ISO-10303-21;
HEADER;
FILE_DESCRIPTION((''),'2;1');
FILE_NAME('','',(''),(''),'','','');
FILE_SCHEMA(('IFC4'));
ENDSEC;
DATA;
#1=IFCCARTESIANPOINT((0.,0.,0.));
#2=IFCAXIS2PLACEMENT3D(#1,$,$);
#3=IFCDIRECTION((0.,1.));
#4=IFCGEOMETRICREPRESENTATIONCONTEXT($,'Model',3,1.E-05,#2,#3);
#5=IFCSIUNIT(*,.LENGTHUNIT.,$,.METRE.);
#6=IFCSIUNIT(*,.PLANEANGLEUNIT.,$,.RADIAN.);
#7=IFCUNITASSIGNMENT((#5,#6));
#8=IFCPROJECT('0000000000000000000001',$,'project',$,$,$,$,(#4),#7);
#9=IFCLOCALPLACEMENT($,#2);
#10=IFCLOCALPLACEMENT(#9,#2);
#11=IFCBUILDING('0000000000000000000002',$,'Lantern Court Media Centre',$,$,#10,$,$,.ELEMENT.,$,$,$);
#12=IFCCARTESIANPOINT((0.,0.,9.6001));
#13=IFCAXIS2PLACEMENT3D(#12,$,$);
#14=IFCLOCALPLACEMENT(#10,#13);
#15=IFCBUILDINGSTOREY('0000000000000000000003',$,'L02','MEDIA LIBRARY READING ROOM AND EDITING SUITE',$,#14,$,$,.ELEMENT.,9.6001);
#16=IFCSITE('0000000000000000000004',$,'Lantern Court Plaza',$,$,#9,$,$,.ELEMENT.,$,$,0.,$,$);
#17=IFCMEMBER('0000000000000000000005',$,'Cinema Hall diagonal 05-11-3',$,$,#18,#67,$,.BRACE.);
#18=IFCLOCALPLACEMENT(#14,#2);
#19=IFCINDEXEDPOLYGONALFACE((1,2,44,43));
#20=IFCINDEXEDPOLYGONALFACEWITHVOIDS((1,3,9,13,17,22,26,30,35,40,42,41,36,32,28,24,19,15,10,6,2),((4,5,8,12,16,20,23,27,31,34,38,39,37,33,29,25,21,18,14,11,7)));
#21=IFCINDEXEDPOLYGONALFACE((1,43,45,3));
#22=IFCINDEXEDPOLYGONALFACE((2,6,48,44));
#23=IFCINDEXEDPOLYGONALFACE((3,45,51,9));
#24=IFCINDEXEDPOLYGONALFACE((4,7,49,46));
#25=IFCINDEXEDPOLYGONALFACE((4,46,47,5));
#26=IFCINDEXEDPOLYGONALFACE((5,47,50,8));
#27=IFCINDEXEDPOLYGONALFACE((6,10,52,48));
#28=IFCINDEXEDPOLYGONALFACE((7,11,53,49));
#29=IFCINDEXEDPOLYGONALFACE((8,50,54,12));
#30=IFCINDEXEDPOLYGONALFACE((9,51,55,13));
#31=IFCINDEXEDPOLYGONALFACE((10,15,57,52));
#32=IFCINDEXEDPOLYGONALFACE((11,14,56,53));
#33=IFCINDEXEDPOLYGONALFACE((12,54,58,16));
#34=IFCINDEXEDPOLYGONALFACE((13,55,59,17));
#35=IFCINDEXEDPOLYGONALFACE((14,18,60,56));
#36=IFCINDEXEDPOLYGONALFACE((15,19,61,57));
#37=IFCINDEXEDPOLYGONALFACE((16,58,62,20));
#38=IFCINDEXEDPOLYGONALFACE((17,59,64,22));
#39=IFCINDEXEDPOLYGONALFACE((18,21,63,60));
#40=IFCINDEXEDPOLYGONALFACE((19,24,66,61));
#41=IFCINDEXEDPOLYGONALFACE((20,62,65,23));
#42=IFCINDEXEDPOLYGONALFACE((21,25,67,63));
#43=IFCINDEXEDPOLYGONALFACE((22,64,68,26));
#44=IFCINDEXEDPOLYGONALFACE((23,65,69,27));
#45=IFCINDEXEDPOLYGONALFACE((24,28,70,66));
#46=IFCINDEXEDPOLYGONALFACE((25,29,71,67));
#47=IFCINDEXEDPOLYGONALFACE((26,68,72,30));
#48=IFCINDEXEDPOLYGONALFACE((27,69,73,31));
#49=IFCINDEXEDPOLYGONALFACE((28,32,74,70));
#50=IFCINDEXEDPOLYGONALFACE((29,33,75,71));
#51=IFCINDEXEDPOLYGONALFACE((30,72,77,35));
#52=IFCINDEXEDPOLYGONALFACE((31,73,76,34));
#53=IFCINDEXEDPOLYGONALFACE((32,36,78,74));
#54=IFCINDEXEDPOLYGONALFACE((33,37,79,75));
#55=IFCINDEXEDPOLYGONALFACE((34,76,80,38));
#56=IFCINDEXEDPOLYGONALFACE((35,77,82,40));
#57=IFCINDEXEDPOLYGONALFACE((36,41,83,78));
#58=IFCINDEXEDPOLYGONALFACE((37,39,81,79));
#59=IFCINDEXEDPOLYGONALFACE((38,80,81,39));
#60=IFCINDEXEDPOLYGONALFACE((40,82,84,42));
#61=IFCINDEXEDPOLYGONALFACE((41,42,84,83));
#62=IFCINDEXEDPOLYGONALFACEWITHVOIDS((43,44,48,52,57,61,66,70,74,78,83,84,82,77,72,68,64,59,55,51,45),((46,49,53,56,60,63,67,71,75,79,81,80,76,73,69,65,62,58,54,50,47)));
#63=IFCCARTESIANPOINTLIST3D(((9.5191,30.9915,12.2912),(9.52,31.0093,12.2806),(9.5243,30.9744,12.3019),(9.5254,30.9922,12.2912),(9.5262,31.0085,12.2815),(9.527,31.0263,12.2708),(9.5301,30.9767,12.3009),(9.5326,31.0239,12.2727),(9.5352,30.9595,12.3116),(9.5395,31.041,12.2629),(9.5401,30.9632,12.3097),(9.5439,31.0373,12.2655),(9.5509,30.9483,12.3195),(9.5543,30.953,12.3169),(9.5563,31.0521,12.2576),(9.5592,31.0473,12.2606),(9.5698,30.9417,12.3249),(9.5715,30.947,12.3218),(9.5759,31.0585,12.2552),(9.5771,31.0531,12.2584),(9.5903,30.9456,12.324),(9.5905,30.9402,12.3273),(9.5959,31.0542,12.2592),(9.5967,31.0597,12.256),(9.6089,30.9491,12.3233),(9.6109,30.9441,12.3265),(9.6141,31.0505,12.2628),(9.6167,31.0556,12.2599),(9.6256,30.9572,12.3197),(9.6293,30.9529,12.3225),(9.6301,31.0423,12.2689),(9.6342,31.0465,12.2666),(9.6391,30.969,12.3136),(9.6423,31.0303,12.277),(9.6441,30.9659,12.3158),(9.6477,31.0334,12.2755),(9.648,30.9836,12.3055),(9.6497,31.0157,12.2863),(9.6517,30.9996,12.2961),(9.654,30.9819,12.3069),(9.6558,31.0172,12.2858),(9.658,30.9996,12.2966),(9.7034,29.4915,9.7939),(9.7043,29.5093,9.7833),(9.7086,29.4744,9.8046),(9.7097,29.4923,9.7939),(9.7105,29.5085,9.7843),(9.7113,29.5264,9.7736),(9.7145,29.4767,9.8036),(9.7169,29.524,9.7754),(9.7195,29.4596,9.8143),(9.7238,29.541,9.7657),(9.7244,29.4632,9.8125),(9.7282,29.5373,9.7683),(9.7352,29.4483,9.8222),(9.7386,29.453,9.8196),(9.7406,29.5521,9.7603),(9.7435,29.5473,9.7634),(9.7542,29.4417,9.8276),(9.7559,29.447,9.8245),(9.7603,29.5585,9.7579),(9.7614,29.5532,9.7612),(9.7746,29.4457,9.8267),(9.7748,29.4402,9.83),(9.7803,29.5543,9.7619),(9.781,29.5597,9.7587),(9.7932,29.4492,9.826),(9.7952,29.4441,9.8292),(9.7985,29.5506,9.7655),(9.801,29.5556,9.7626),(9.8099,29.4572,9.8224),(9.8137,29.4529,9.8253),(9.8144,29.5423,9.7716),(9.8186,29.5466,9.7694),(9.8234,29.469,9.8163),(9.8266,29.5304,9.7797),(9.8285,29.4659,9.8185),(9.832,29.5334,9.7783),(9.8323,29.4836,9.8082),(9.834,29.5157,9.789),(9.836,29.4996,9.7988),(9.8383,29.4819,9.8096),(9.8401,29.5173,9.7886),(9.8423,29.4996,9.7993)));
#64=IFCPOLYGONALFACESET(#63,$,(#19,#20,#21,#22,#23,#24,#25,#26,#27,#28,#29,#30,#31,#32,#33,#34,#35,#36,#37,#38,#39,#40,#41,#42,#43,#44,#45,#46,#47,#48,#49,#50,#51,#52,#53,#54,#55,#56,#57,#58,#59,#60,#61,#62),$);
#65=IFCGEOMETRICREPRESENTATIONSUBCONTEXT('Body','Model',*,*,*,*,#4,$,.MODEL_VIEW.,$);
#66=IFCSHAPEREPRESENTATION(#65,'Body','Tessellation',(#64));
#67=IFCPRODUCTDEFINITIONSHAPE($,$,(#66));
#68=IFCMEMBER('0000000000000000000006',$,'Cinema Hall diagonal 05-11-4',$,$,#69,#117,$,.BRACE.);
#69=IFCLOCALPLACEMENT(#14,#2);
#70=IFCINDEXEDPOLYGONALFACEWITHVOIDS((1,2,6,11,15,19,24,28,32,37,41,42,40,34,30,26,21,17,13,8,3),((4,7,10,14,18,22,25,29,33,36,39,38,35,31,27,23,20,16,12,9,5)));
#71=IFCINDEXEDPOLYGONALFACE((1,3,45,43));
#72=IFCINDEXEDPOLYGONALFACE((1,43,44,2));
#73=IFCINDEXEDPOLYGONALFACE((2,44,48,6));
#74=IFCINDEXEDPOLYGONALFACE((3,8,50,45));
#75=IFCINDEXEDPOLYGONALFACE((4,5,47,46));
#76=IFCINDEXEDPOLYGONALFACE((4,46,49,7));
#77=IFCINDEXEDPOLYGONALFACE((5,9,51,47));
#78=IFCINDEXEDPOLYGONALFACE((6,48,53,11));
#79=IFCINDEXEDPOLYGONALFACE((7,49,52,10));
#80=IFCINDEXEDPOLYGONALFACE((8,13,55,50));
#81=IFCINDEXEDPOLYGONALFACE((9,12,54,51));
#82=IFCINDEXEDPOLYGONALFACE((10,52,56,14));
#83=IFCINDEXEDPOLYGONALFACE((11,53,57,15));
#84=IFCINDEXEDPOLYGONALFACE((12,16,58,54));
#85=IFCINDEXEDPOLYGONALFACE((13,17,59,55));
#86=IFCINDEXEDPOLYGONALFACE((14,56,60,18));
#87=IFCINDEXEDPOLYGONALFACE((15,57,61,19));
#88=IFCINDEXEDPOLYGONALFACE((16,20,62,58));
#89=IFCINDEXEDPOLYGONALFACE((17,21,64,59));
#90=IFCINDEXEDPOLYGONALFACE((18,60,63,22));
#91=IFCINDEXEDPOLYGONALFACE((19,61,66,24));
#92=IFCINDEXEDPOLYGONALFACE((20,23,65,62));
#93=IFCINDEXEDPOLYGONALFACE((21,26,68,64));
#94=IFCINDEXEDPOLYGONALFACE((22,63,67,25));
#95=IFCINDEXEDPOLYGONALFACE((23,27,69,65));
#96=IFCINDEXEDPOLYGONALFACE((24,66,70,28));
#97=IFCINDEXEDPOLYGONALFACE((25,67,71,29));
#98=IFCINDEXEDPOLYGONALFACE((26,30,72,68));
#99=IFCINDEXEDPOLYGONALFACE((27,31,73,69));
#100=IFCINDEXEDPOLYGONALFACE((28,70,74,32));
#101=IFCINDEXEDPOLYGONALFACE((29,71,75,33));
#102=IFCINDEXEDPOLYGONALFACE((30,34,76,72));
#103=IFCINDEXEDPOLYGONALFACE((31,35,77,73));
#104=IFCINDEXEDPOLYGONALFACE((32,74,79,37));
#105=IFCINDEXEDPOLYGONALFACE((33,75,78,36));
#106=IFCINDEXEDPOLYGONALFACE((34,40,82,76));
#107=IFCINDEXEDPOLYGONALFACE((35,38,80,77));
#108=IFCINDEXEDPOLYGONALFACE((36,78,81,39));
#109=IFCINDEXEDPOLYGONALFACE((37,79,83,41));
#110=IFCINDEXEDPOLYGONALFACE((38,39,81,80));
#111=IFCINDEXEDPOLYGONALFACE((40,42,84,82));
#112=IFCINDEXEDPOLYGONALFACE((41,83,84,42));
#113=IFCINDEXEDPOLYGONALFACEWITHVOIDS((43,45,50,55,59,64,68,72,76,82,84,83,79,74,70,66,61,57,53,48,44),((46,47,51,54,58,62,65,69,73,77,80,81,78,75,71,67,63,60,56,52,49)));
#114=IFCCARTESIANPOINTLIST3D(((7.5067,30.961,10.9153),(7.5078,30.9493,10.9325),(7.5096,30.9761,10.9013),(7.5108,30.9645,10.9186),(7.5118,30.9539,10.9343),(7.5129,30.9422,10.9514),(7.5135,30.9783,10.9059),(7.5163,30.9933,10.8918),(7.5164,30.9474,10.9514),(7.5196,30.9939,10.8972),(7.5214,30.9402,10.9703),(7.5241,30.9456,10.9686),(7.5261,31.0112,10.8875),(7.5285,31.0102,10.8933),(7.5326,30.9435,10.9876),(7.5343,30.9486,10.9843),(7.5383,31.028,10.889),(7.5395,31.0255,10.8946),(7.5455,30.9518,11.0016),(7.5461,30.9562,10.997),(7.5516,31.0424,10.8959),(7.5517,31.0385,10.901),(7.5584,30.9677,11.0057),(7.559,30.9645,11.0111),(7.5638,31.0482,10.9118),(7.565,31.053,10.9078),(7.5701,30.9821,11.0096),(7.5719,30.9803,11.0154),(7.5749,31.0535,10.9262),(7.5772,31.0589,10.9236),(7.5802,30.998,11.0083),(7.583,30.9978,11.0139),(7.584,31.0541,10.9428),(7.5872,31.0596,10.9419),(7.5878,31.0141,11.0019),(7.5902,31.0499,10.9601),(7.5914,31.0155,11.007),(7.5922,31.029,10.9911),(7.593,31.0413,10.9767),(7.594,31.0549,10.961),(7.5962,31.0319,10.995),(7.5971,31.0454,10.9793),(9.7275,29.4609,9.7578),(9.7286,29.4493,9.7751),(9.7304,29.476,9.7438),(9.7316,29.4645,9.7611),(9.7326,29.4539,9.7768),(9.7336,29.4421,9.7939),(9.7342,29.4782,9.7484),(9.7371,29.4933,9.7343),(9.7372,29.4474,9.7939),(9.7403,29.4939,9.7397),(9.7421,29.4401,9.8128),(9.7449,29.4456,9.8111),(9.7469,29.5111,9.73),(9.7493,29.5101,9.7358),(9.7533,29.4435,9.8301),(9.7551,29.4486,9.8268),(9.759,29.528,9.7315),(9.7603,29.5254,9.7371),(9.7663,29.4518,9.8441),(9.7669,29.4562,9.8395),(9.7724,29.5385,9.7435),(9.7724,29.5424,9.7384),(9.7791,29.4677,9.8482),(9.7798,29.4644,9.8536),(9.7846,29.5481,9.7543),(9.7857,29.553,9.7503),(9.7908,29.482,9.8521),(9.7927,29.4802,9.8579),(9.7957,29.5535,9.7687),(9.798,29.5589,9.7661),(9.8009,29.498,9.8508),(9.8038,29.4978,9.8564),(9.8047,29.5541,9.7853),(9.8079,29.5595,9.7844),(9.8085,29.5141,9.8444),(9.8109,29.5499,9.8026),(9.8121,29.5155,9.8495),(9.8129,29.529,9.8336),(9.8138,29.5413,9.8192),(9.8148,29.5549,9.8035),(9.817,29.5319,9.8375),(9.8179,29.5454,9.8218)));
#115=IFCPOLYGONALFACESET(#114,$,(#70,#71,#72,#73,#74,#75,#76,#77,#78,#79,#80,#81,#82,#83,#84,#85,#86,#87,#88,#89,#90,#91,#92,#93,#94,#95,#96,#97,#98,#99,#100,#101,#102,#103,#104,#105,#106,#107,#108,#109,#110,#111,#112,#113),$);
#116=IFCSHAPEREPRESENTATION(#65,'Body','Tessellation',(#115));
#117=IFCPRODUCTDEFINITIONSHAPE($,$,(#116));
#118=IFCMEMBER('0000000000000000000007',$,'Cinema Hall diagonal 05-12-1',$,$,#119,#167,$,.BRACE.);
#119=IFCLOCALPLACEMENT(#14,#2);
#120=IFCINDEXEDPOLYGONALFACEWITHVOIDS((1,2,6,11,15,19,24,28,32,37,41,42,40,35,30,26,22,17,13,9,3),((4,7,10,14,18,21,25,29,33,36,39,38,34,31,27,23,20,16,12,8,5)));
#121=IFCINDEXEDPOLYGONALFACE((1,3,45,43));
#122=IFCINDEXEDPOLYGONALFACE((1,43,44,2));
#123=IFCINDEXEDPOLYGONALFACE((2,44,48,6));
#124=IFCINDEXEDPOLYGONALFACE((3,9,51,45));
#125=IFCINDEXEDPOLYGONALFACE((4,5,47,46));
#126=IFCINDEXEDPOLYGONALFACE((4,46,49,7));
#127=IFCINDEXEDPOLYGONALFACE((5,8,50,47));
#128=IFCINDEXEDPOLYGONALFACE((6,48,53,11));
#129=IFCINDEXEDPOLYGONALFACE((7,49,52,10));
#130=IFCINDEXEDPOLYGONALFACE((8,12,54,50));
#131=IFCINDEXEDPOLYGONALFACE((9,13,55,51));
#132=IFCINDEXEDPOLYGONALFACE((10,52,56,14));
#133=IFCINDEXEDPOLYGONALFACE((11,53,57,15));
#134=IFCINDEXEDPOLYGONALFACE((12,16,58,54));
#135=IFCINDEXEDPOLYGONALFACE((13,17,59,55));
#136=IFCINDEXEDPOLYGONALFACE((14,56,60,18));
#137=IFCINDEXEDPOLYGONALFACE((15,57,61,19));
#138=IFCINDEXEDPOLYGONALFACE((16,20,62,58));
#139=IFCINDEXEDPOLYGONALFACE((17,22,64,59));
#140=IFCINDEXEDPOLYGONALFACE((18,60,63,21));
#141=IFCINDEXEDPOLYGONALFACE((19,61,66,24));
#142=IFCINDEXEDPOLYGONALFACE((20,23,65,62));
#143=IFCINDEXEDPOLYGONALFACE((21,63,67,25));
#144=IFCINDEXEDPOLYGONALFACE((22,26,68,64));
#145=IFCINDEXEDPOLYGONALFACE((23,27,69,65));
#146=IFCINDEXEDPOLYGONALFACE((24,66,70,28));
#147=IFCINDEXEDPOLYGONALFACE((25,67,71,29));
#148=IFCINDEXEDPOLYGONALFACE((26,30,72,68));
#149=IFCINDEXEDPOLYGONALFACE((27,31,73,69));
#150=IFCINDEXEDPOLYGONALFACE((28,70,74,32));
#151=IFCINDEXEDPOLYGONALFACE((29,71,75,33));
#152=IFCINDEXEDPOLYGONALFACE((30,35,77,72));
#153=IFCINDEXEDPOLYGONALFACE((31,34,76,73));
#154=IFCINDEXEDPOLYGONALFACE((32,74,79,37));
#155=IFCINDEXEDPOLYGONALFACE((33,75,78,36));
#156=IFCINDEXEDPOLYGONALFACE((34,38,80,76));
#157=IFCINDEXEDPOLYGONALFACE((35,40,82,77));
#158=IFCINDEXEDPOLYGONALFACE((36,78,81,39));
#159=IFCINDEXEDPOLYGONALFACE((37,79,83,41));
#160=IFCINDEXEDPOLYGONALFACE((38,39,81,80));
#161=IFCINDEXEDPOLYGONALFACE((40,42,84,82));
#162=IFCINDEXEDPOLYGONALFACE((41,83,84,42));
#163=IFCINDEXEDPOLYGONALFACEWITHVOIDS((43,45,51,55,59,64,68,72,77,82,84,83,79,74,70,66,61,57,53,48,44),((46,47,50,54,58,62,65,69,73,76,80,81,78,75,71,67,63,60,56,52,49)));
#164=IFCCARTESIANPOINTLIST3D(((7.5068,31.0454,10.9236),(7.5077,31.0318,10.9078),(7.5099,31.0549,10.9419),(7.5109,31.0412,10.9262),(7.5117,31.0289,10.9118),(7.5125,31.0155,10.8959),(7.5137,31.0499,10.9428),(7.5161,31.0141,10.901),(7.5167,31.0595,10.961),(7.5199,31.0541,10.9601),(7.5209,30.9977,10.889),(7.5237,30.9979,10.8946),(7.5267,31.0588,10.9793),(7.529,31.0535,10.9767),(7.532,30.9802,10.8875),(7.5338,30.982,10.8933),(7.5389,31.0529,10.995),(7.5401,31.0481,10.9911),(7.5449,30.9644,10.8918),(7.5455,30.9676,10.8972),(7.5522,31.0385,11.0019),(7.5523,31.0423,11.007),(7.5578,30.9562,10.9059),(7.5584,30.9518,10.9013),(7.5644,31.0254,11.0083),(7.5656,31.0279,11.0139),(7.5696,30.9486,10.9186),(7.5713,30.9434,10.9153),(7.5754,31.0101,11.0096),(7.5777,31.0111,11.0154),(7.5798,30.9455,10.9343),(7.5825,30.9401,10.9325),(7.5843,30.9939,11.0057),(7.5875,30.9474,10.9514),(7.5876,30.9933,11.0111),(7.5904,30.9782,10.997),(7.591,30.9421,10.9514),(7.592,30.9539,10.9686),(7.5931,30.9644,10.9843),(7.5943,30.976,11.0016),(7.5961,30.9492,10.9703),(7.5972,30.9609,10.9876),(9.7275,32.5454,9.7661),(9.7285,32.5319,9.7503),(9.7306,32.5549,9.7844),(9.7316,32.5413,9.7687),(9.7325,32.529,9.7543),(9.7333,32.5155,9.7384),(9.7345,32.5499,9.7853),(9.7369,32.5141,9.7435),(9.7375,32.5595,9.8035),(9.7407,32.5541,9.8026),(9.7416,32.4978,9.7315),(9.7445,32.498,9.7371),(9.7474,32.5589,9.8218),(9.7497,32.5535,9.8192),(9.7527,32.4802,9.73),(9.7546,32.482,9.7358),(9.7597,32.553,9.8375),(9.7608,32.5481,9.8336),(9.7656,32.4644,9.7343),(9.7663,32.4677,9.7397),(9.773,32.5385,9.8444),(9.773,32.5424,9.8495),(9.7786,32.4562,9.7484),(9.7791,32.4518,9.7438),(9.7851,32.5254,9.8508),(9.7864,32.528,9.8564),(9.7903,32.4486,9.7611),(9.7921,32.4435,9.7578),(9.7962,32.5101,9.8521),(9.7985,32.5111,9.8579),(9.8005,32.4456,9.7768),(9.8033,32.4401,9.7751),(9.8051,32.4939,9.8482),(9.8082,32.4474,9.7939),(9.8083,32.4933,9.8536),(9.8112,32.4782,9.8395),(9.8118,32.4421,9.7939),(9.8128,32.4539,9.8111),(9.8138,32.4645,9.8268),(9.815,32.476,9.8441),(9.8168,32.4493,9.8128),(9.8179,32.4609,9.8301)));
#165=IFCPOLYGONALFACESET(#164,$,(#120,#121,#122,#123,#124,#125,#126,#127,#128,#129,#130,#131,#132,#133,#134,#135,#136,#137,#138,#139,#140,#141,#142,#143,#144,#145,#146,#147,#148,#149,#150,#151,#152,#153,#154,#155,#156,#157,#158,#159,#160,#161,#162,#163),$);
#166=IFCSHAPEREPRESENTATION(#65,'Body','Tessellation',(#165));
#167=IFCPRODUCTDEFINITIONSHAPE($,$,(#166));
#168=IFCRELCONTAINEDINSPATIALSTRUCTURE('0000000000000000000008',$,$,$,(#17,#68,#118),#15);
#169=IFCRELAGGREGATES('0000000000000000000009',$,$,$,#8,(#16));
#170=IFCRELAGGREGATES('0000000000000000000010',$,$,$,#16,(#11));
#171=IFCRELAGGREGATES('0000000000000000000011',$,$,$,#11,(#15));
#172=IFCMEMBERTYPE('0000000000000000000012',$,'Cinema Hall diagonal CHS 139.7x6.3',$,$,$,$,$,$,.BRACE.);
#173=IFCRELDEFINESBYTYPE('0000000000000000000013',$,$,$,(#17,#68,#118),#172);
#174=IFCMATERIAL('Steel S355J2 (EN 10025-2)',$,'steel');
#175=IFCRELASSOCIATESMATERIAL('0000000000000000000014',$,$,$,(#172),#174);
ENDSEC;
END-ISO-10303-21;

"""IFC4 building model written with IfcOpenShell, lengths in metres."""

from ifc_helpers import new_model, si_unit, direction, frame, origin, origin_2d, place, context, subcontext, project, spatial, hollow_circle, extrude, material, material_profile, profile_set, type_object, element, save


model = new_model("IFC4")

# Units and contexts
model_context = context("Model", 3, precision=1e-05, world=origin(), true_north=direction((0.0, 1.0)))
body_context = subcontext(model_context, "Body", "Model", "MODEL_VIEW")
ifc_project = project(units=[si_unit("LENGTHUNIT", "METRE"), si_unit("PLANEANGLEUNIT", "RADIAN")], contexts=[model_context])

# Site, building, storey
site_placement = place(None, origin())
site = spatial("IfcSite", under=ifc_project, at=site_placement, Name="Lantern Court Plaza", CompositionType="ELEMENT", RefElevation=0.0)
building_placement = place(site_placement, origin())
building = spatial("IfcBuilding", under=site, at=building_placement, Name="Lantern Court Media Centre", CompositionType="ELEMENT")
storey_placement = place(building_placement, frame((0.0, 0.0, 9.6001)))
storey = spatial("IfcBuildingStorey", under=building, at=storey_placement, Name="L02", Description="MEDIA LIBRARY READING ROOM AND EDITING SUITE", CompositionType="ELEMENT", Elevation=9.6001)

# Members
ifc_material = material(Name="Steel S355J2 (EN 10025-2)", Category="steel")
ifc_material_profile_1 = material_profile(ifc_material, hollow_circle(Radius=0.0698, WallThickness=0.0063, at=origin_2d()), Name="Cinema Hall diagonal CHS 139.7x6.3")
ifc_profile_set_1 = profile_set([ifc_material_profile_1], Name="Steel S355J2 (EN 10025-2)")
member_type_1 = type_object("IfcMemberType", Name="Cinema Hall diagonal CHS 139.7x6.3", PredefinedType="BRACE", material=ifc_profile_set_1)
for number, where, z_axis, x_axis, name in (
    (1, (9.7727, 29.5, 9.7939), (-0.063147, 0.513875, 0.855538), (-0.992534, -0.121967, 0.0), "Cinema Hall diagonal 05-11-3"),
):
    element("IfcMember", number, at=place(storey_placement, frame(where, z_axis=z_axis, x_axis=x_axis)), inside=storey, type_object=member_type_1, Name=name, PredefinedType="BRACE", context=body_context, shape_type="SweptSolid", body=[
        extrude(hollow_circle(Radius=0.0698, WallThickness=0.0063, at=origin_2d()), origin(), (0.0, 0.0, 1.0), 2.9189),
    ])
for number, where, z_axis, x_axis, name in (
    (2, (9.7727, 29.5, 9.7939), (-0.760744, 0.513854, 0.396514), (-0.559736, -0.828671, 0.0), "Cinema Hall diagonal 05-11-4"),
    (3, (9.7727, 32.5, 9.7939), (-0.760744, -0.513854, 0.396514), (0.559736, -0.828671, 0.0), "Cinema Hall diagonal 05-12-1"),
):
    element("IfcMember", number, at=place(storey_placement, frame(where, z_axis=z_axis, x_axis=x_axis)), inside=storey, type_object=member_type_1, Name=name, PredefinedType="BRACE", context=body_context, shape_type="SweptSolid", body=[
        extrude(hollow_circle(Radius=0.0698, WallThickness=0.0063, at=origin_2d()), origin(), (0.0, 0.0, 1.0), 2.9192),
    ])

save(model, "model.ifc")
